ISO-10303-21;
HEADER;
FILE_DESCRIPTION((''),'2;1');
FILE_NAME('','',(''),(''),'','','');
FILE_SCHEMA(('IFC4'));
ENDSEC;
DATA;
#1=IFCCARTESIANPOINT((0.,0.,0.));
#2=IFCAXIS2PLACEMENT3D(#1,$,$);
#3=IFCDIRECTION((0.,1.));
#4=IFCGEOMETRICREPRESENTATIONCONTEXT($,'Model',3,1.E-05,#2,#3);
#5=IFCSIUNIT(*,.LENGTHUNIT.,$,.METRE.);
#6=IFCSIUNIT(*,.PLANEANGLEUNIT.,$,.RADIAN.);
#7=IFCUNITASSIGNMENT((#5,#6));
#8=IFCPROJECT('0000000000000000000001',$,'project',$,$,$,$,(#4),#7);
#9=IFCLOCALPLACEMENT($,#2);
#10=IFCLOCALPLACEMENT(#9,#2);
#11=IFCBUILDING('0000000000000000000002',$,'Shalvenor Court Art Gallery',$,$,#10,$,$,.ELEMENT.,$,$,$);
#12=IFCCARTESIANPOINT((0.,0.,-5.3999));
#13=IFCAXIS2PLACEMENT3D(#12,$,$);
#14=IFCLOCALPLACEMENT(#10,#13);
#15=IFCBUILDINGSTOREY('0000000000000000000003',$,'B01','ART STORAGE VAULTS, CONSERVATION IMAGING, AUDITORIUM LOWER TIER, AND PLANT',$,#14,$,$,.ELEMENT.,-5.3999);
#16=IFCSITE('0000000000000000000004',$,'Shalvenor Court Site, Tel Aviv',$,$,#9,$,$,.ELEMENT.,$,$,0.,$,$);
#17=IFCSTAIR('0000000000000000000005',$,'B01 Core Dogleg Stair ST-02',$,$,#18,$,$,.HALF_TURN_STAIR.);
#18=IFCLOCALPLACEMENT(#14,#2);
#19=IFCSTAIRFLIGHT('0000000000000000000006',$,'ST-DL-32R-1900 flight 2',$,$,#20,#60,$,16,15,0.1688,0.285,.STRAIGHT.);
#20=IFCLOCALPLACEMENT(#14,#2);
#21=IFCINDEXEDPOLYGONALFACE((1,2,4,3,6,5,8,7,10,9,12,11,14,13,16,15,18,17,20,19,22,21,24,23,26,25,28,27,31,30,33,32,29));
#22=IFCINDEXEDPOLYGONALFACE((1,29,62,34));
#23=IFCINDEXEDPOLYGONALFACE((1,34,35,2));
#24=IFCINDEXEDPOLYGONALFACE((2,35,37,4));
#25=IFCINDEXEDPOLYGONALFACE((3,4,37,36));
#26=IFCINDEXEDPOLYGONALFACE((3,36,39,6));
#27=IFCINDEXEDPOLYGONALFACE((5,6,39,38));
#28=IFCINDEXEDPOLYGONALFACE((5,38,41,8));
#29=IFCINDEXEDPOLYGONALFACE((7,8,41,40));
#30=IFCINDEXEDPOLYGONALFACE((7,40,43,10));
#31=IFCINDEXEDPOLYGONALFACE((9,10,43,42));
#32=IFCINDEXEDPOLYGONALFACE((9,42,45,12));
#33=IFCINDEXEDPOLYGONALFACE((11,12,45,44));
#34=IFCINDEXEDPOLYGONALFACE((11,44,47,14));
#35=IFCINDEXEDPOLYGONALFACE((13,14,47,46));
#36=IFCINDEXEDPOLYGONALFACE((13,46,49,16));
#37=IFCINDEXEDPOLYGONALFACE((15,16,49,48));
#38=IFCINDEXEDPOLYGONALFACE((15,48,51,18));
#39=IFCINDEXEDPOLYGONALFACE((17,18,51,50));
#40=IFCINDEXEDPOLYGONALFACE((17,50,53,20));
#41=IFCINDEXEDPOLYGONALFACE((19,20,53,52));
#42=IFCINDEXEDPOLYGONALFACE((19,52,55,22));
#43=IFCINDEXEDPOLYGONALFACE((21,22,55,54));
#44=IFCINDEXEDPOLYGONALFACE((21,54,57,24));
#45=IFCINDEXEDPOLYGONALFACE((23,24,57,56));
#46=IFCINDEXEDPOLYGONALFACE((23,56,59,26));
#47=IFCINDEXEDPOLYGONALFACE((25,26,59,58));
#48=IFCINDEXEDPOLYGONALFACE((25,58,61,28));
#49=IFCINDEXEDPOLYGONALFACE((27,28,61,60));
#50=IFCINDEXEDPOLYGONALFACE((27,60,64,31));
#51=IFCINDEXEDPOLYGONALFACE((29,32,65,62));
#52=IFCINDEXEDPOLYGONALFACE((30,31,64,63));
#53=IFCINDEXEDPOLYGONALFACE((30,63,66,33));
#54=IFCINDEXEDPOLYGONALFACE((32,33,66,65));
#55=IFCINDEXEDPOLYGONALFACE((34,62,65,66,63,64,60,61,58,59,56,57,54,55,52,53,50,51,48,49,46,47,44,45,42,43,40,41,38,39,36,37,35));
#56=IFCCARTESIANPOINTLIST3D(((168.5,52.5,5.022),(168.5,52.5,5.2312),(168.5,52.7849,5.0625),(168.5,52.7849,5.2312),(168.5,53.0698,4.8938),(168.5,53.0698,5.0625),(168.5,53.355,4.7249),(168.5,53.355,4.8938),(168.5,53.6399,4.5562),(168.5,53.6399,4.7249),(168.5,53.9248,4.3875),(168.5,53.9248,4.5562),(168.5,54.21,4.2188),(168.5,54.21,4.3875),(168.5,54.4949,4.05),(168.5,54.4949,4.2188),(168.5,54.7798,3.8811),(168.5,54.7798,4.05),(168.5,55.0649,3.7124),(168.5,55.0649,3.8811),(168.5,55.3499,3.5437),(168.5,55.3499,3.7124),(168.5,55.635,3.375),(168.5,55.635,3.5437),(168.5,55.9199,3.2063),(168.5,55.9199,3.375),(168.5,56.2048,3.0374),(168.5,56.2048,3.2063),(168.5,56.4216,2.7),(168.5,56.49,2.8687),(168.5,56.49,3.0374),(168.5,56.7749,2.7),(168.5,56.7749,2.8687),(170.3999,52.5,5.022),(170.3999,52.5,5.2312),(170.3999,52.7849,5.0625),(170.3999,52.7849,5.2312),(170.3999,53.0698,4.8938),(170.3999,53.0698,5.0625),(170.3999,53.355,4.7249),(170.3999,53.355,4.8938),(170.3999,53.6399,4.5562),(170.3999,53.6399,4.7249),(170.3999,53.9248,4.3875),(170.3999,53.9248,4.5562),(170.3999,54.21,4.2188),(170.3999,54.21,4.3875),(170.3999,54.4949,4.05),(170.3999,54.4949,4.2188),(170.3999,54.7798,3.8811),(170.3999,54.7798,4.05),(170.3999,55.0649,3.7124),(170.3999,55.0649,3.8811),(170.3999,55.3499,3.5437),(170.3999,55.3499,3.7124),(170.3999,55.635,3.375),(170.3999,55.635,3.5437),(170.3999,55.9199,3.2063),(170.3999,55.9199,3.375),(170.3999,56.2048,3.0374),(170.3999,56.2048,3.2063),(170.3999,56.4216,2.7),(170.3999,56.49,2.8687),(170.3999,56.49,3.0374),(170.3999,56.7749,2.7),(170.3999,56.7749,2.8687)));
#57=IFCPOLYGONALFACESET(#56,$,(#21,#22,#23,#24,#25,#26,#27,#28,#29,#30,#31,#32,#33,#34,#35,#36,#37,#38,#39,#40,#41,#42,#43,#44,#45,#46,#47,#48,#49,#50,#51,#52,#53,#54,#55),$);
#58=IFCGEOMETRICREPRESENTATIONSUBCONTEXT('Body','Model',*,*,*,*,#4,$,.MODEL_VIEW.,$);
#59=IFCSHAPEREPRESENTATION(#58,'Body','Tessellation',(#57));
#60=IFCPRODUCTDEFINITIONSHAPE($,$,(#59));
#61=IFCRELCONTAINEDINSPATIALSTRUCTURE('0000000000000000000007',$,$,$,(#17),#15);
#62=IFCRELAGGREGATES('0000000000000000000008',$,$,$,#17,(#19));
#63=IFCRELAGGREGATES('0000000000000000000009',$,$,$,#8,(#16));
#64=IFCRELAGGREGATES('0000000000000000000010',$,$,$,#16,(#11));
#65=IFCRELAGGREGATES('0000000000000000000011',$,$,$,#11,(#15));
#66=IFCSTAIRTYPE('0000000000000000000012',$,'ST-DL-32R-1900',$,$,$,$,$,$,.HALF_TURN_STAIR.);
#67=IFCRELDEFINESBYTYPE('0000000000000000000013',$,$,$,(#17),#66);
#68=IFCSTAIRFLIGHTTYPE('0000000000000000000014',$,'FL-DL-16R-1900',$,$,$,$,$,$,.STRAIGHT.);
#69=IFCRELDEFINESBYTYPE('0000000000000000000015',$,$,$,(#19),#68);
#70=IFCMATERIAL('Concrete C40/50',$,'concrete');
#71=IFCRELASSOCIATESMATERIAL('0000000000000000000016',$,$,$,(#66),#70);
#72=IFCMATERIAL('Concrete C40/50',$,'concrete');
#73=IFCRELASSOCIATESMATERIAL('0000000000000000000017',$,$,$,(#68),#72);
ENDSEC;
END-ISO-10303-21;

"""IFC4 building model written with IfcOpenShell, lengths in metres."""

from ifc_helpers import new_model, si_unit, direction, frame, origin, place, context, subcontext, project, spatial, polyline, outline, extrude, material, type_object, element, aggregate, save


model = new_model("IFC4")

# Units and contexts
model_context = context("Model", 3, precision=1e-05, world=origin(), true_north=direction((0.0, 1.0)))
body_context = subcontext(model_context, "Body", "Model", "MODEL_VIEW")
ifc_project = project(units=[si_unit("LENGTHUNIT", "METRE"), si_unit("PLANEANGLEUNIT", "RADIAN")], contexts=[model_context])

# Site, building, storey
site_placement = place(None, origin())
site = spatial("IfcSite", under=ifc_project, at=site_placement, Name="Shalvenor Court Site, Tel Aviv", CompositionType="ELEMENT", RefElevation=0.0)
building_placement = place(site_placement, origin())
building = spatial("IfcBuilding", under=site, at=building_placement, Name="Shalvenor Court Art Gallery", CompositionType="ELEMENT")
storey_placement = place(building_placement, frame((0.0, 0.0, -5.3999)))
storey = spatial("IfcBuildingStorey", under=building, at=storey_placement, Name="B01", Description="ART STORAGE VAULTS, CONSERVATION IMAGING, AUDITORIUM LOWER TIER, AND PLANT", CompositionType="ELEMENT", Elevation=-5.3999)

# Stair, stair flight
ifc_material_1 = material(Name="Concrete C40/50", Category="concrete")
stair_type = type_object("IfcStairType", Name="ST-DL-32R-1900", PredefinedType="HALF_TURN_STAIR", material=ifc_material_1)
stair_placement = place(storey_placement, origin())
stair = element("IfcStair", 1, at=stair_placement, inside=storey, type_object=stair_type, Name="B01 Core Dogleg Stair ST-02", PredefinedType="HALF_TURN_STAIR")
ifc_material_2 = material(Name="Concrete C40/50", Category="concrete")
stair_flight_type = type_object("IfcStairFlightType", Name="FL-DL-16R-1900", PredefinedType="STRAIGHT", material=ifc_material_2)
stair_flight_placement = place(storey_placement, frame((169.45, 56.7749, 2.7), z_axis=(0.0, 0.0, 1.0), x_axis=(0.0, -1.0, 0.0)))
stair_flight = element("IfcStairFlight", 2, at=stair_flight_placement, type_object=stair_flight_type, Name="ST-DL-32R-1900 flight 2", NumberOfRisers=16, NumberOfTreads=15, PredefinedType="STRAIGHT", RiserHeight=0.1688, TreadLength=0.285, context=body_context, shape_type="SweptSolid", body=[
    extrude(outline(polyline([(0.0, 0.0), (0.0, 0.1687), (0.2849, 0.1687), (0.2849, 0.3374), (0.5701, 0.3374), (0.5701, 0.5063), (0.855, 0.5063), (0.855, 0.675), (1.1399, 0.675), (1.1399, 0.8438), (1.425, 0.8438), (1.425, 1.0125), (1.71, 1.0125), (1.71, 1.1812), (1.9951, 1.1812), (1.9951, 1.3501), (2.28, 1.3501), (2.28, 1.5188), (2.5649, 1.5188), (2.5649, 1.6875), (2.8501, 1.6875), (2.8501, 1.8562), (3.135, 1.8562), (3.135, 2.0249), (3.4199, 2.0249), (3.4199, 2.1938), (3.7051, 2.1938), (3.7051, 2.3625), (3.99, 2.3625), (3.99, 2.5312), (4.2749, 2.5312), (4.2749, 2.7), (4.2749, 2.322), (0.3533, 0.0), (0.0, 0.0)])), frame((0.0, 0.95, 0.0), z_axis=(0.0, -1.0, 0.0), x_axis=(1.0, 0.0, 0.0)), (0.0, 0.0, 1.0), 1.8999),
])
aggregate(stair, [stair_flight])

save(model, "model.ifc")
